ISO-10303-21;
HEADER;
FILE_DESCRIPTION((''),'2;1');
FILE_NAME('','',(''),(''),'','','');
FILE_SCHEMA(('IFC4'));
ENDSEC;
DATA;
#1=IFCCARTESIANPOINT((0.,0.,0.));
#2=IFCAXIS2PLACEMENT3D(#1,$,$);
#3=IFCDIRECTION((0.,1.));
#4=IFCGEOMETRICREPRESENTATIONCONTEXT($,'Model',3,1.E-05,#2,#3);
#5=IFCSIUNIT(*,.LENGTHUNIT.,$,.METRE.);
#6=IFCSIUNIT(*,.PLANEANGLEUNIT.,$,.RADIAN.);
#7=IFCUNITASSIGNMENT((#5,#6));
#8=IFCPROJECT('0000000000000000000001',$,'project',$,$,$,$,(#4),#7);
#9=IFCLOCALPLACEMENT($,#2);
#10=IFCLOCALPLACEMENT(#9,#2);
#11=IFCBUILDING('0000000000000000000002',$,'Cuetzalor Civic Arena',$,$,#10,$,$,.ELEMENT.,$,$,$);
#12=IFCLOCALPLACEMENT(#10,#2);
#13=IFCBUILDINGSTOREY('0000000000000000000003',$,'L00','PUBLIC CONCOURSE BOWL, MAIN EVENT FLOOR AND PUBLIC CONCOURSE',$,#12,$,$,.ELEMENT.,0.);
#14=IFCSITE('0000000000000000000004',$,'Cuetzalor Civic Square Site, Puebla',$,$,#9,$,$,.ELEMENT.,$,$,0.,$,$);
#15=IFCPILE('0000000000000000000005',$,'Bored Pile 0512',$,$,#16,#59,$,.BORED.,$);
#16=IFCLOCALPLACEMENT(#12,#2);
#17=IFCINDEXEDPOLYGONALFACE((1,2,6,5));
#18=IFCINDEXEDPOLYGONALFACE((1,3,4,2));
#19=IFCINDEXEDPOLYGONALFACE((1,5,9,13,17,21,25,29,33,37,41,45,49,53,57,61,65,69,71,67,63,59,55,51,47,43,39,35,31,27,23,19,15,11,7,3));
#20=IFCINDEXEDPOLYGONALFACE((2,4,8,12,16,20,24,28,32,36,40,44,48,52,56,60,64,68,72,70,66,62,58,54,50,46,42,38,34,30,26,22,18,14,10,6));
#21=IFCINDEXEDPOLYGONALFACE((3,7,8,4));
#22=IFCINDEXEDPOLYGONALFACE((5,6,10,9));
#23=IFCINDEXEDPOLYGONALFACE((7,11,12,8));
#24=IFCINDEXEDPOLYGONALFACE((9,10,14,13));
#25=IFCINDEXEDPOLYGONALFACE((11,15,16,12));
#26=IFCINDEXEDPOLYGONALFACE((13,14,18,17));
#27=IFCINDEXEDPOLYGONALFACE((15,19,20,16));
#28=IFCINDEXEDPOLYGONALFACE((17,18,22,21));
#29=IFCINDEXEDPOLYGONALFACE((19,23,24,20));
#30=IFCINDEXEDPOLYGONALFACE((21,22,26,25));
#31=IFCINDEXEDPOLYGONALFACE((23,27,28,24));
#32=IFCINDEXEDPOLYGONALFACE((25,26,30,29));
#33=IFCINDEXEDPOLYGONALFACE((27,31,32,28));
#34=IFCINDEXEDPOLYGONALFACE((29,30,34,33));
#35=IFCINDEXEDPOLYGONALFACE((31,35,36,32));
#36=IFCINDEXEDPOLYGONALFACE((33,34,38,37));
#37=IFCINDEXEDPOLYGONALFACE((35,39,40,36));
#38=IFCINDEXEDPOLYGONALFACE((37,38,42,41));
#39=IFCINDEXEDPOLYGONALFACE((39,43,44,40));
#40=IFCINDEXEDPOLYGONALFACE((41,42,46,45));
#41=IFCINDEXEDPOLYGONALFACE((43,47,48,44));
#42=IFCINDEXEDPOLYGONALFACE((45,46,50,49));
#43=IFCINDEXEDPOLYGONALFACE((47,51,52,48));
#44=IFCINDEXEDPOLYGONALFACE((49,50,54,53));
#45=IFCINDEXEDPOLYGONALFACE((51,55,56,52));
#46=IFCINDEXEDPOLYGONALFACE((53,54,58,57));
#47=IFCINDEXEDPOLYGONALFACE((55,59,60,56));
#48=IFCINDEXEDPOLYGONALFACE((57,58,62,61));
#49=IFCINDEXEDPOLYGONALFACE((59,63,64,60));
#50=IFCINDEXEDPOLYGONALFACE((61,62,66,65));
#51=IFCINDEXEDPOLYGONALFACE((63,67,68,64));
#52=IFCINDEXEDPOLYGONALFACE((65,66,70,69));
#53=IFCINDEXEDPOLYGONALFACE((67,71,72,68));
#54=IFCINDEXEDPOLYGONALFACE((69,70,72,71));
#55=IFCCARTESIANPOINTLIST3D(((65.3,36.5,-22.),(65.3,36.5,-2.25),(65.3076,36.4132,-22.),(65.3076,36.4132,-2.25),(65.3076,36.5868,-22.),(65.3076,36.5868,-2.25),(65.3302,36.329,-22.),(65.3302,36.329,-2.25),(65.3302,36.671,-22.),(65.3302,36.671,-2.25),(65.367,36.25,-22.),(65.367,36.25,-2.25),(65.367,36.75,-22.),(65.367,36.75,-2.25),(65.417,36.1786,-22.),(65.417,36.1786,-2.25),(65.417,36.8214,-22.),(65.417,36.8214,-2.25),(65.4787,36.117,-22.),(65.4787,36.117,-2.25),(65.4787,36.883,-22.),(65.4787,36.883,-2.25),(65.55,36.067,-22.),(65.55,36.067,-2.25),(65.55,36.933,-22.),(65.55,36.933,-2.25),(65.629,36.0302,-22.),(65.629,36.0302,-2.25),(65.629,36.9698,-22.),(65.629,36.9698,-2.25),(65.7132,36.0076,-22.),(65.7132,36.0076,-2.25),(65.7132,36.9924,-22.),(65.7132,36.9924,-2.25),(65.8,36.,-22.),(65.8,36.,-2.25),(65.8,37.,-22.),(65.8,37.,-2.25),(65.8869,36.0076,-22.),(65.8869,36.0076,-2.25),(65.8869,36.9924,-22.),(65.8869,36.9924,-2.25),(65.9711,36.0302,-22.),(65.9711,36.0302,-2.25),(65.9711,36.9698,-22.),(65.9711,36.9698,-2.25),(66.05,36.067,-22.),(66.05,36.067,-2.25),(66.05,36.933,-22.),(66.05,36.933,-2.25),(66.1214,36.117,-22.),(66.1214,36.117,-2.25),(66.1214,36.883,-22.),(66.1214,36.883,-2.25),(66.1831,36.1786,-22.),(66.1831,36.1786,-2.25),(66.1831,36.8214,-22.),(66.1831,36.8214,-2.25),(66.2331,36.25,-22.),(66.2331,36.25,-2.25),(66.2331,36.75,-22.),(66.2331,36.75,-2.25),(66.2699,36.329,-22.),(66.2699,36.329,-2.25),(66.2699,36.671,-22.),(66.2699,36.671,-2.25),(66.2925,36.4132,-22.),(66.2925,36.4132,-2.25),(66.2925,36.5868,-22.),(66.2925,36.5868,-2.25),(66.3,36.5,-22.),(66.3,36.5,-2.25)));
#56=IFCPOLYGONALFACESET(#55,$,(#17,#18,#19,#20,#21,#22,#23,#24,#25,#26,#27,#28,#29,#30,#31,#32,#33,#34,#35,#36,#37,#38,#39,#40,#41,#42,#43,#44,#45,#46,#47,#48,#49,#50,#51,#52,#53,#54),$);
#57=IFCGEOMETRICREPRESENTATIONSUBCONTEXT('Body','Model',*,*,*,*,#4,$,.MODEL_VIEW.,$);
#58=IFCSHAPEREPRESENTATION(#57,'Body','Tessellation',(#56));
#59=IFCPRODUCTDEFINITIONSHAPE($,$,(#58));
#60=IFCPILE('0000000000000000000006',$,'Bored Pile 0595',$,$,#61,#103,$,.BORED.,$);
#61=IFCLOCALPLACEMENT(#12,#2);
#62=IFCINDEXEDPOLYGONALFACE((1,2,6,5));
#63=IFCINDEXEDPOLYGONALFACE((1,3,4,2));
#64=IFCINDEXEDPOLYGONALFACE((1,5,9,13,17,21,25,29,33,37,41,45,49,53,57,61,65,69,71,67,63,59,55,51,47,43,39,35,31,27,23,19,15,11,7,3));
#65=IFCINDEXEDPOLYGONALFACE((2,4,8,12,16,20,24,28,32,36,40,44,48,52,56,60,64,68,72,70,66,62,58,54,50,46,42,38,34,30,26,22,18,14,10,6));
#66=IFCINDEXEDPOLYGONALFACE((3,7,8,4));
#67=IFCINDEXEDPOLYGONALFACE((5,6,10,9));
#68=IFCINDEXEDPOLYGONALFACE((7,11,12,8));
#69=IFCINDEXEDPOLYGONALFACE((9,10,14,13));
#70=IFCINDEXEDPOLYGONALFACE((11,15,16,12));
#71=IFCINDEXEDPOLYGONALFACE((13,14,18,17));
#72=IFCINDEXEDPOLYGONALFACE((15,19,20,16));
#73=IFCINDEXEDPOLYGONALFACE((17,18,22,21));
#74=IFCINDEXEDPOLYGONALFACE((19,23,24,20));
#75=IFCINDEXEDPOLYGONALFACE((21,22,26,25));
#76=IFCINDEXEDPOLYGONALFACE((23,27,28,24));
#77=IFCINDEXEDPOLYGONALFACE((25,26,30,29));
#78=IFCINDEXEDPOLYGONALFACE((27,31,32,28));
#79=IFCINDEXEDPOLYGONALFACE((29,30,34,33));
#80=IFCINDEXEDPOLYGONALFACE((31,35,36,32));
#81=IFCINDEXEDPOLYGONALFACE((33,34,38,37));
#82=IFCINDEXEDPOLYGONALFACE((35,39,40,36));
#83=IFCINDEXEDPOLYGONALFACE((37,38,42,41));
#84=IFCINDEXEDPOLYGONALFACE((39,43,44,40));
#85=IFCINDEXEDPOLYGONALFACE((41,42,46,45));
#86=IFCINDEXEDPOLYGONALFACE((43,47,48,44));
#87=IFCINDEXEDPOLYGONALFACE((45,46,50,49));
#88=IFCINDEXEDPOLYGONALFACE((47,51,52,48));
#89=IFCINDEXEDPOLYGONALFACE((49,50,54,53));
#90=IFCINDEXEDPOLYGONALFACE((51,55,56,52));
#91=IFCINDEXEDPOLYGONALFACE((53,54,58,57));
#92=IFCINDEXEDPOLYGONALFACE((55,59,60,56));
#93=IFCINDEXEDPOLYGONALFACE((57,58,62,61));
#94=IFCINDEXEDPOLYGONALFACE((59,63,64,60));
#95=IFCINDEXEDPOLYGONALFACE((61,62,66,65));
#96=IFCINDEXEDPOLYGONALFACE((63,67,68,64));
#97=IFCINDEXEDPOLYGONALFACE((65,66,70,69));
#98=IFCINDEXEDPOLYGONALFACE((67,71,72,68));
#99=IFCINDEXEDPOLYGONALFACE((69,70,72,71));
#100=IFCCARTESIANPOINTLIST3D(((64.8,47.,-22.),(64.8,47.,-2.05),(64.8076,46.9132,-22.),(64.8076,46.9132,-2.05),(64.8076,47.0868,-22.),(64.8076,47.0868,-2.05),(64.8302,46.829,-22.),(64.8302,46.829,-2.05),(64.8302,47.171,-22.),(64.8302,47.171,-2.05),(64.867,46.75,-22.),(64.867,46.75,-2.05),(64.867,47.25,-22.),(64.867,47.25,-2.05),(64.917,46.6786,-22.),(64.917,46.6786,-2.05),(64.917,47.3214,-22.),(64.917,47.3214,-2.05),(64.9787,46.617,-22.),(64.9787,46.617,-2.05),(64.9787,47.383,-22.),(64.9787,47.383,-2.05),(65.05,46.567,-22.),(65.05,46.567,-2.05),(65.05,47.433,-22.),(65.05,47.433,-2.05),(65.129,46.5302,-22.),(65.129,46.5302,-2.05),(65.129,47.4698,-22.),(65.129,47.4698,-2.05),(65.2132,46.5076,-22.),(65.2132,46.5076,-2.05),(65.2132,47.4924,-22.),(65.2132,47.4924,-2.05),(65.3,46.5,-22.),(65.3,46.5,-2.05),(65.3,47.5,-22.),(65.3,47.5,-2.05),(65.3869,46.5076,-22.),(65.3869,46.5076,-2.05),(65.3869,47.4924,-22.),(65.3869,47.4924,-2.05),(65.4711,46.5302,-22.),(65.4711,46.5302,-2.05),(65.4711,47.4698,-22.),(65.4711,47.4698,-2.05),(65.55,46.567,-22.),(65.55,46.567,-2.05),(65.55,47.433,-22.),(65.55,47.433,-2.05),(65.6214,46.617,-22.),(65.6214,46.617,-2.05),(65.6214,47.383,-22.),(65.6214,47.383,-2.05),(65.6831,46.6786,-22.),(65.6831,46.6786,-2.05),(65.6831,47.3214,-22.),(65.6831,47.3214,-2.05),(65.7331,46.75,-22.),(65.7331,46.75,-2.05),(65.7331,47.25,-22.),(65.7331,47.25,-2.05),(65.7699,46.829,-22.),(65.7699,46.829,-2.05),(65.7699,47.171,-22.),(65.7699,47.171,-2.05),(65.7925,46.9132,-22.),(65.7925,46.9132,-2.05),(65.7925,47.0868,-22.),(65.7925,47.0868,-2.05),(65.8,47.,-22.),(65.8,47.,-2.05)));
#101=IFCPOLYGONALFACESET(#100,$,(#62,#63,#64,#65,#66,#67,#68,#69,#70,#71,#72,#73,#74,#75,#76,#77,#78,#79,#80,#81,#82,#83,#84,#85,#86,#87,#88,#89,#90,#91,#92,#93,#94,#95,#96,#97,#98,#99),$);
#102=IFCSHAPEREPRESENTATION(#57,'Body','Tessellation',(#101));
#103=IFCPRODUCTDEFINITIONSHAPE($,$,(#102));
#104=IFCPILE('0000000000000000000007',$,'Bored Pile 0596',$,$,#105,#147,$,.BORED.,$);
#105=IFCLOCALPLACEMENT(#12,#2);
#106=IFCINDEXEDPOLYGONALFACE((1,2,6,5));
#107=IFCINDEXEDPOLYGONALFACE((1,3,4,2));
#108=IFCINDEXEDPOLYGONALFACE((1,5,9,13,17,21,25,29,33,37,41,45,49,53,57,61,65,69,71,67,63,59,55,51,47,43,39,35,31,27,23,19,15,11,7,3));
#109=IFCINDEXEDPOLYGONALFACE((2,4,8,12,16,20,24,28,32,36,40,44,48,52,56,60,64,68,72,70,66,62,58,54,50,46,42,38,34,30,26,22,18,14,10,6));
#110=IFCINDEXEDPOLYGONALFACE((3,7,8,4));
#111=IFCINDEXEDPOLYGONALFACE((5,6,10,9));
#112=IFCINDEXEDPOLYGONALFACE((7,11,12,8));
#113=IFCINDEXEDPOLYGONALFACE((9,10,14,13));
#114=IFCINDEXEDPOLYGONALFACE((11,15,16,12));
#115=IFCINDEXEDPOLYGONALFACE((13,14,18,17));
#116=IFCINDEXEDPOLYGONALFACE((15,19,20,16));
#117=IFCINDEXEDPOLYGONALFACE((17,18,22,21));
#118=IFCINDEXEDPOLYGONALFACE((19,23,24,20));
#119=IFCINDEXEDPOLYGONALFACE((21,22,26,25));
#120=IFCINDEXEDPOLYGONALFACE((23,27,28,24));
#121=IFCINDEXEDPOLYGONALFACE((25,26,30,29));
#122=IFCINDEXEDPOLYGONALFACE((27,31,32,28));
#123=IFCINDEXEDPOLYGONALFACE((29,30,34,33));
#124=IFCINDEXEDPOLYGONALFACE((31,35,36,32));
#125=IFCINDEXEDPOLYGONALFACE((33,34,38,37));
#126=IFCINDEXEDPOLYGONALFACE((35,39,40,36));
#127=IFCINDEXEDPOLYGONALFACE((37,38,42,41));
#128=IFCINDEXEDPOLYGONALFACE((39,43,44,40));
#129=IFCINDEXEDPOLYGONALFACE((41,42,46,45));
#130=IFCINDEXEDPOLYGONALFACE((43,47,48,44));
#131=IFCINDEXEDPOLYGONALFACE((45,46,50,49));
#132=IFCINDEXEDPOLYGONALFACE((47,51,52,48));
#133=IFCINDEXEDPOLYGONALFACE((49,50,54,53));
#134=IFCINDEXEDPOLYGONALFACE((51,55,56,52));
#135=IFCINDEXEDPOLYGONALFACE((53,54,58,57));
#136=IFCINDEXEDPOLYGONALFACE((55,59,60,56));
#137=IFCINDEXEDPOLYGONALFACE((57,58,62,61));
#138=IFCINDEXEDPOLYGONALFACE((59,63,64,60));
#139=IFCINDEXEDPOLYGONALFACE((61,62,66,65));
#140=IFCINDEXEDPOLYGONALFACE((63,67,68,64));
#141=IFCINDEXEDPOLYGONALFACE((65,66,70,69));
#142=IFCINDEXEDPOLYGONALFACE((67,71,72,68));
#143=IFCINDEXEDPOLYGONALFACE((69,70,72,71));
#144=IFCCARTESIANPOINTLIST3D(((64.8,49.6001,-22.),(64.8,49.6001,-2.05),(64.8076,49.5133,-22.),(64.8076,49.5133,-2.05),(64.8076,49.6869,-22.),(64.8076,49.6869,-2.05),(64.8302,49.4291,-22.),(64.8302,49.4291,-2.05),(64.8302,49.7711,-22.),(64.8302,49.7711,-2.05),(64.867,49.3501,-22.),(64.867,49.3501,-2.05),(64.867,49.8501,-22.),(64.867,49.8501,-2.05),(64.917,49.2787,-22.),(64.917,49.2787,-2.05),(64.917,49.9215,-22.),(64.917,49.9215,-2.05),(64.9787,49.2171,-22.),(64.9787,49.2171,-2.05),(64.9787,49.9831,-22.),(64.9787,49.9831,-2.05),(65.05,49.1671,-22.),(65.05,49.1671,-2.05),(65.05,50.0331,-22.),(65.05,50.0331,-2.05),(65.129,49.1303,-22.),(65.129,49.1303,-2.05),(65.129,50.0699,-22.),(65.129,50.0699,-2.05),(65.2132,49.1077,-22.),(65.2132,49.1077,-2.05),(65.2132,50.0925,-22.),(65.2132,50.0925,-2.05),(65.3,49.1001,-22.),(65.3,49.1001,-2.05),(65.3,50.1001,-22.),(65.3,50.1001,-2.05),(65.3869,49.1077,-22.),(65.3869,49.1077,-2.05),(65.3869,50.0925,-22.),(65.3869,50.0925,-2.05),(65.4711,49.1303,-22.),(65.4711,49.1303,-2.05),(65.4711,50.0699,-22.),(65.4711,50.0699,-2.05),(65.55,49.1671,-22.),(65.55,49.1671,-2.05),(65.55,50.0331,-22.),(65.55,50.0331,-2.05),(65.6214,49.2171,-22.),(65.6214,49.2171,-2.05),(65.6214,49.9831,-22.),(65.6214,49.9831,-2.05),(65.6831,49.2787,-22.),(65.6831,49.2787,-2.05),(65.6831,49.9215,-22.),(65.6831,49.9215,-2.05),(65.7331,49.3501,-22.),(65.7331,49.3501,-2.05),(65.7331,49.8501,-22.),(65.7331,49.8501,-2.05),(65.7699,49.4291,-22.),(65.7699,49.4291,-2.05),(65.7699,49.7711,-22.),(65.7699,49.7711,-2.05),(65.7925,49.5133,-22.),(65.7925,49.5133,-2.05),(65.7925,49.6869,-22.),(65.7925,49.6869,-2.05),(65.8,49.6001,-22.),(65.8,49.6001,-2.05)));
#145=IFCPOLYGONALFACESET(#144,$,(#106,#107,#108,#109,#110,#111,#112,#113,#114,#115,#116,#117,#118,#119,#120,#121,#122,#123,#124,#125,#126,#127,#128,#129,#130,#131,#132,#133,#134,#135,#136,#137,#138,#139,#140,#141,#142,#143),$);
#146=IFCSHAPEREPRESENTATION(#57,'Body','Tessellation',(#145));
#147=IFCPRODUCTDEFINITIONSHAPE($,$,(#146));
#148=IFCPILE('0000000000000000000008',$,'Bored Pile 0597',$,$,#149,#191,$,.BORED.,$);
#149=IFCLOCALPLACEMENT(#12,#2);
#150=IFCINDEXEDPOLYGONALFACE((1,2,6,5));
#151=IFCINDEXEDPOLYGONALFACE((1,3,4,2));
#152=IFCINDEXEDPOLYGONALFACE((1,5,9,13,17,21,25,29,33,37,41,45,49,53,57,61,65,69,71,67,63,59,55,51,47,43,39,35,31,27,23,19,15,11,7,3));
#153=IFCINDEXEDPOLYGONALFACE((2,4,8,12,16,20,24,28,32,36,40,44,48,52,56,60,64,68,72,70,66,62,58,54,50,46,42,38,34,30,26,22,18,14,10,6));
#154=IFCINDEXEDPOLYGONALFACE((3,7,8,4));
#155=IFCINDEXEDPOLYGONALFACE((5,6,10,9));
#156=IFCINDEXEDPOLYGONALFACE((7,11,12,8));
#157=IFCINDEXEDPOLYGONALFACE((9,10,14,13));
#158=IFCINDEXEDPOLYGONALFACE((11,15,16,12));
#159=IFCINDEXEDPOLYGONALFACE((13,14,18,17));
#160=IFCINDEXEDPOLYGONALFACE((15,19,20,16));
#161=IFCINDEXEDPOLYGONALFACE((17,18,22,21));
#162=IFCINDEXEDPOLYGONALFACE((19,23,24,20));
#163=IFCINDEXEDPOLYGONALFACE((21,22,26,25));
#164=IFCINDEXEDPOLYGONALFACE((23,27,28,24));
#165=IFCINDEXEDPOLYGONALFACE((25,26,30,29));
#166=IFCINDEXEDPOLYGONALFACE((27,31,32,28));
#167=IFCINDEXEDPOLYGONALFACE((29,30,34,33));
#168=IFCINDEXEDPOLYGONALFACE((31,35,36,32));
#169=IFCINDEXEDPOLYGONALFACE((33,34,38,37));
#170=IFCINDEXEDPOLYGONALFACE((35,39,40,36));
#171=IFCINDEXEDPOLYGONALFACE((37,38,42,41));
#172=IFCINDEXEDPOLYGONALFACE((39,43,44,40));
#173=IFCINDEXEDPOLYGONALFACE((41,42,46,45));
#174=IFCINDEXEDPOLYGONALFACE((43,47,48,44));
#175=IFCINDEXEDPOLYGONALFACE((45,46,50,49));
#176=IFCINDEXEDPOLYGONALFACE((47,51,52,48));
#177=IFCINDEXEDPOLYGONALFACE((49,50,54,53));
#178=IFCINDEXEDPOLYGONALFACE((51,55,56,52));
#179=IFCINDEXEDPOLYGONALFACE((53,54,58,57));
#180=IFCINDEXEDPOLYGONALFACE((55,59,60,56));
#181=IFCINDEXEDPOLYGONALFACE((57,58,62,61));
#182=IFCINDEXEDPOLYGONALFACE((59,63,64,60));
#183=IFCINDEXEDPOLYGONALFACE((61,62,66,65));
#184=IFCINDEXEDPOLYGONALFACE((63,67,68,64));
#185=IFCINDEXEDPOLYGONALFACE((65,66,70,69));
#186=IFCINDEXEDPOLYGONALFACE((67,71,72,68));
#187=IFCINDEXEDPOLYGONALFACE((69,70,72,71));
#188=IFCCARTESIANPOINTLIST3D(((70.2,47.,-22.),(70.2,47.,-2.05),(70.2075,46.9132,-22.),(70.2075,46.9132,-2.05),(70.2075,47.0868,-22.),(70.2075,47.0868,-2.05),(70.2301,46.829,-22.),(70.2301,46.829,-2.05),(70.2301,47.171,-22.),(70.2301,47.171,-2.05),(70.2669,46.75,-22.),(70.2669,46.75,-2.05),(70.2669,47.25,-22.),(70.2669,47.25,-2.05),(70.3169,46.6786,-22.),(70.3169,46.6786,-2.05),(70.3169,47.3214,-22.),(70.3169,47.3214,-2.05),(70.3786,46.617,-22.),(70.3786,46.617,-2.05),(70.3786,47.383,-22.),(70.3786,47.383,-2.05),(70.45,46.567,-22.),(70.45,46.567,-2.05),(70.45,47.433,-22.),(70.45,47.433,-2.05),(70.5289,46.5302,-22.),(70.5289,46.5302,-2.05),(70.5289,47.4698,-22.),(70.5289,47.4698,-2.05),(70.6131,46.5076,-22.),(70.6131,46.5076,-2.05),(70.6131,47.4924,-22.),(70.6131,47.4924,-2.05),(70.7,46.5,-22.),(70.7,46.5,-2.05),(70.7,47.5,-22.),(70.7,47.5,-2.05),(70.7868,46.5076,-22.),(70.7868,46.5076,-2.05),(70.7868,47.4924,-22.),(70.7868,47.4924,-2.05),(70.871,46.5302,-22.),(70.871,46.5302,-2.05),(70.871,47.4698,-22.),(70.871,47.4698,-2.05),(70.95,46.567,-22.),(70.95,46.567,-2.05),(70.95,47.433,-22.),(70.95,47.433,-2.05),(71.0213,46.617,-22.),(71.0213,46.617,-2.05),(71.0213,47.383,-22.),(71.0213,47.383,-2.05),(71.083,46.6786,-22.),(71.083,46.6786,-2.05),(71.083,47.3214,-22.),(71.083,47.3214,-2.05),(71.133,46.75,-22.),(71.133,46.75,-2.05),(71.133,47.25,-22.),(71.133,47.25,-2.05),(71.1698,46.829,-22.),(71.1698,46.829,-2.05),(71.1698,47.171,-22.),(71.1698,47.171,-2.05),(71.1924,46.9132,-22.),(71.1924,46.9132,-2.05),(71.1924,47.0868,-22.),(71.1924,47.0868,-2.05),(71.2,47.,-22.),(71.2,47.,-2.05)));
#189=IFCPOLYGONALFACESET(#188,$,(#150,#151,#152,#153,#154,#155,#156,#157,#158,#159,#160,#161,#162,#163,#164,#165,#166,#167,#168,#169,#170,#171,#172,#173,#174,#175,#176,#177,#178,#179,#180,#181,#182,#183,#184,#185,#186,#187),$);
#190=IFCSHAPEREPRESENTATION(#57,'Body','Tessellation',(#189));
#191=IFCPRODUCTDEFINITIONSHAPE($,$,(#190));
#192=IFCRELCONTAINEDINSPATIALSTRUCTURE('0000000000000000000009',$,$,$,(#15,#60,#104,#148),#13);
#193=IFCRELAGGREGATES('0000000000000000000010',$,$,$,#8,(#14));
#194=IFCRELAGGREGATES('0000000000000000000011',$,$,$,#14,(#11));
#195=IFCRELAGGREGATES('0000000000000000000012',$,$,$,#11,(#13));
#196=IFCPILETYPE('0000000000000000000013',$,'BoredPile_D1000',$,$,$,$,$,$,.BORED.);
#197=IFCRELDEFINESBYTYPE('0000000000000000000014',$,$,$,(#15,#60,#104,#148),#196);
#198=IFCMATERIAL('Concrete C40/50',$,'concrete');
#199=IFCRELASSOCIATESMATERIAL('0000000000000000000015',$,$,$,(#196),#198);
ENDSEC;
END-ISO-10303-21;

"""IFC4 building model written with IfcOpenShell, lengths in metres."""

from ifc_helpers import new_model, si_unit, direction, frame, origin, origin_2d, place, context, subcontext, project, spatial, circle, extrude, material, material_profile, profile_set, type_object, element, save


model = new_model("IFC4")

# Units and contexts
model_context = context("Model", 3, precision=1e-05, world=origin(), true_north=direction((0.0, 1.0)))
body_context = subcontext(model_context, "Body", "Model", "MODEL_VIEW")
ifc_project = project(units=[si_unit("LENGTHUNIT", "METRE"), si_unit("PLANEANGLEUNIT", "RADIAN")], contexts=[model_context])

# Site, building, storey
site_placement = place(None, origin())
site = spatial("IfcSite", under=ifc_project, at=site_placement, Name="Cuetzalor Civic Square Site, Puebla", CompositionType="ELEMENT", RefElevation=0.0)
building_placement = place(site_placement, origin())
building = spatial("IfcBuilding", under=site, at=building_placement, Name="Cuetzalor Civic Arena", CompositionType="ELEMENT")
storey_placement = place(building_placement, origin())
storey = spatial("IfcBuildingStorey", under=building, at=storey_placement, Name="L00", Description="PUBLIC CONCOURSE BOWL, MAIN EVENT FLOOR AND PUBLIC CONCOURSE", CompositionType="ELEMENT", Elevation=0.0)

# Piles
ifc_material_1 = material(Name="Concrete C40/50", Category="concrete")
ifc_material_profile_1 = material_profile(ifc_material_1, circle(Radius=0.5, at=origin_2d()), Name="BORED PILE D1000")
ifc_profile_set_1 = profile_set([ifc_material_profile_1], Name="Concrete C40/50")
pile_type_1 = type_object("IfcPileType", Name="BoredPile_D1000", PredefinedType="BORED", material=ifc_profile_set_1)
pile_placement = place(storey_placement, frame((65.8, 36.5, -2.25), z_axis=(0.0, 0.0, -1.0), x_axis=(1.0, 0.0, 0.0)))
element("IfcPile", 1, at=pile_placement, inside=storey, type_object=pile_type_1, Name="Bored Pile 0512", PredefinedType="BORED", context=body_context, shape_type="SweptSolid", body=[
    extrude(circle(Radius=0.5, at=origin_2d()), origin(), (0.0, 0.0, 1.0), 19.75),
])
for number, where, z_axis, x_axis, name in (
    (2, (65.3, 47.0, -2.05), (0.0, 0.0, -1.0), (1.0, 0.0, 0.0), "Bored Pile 0595"),
    (3, (65.3, 49.6001, -2.05), (0.0, 0.0, -1.0), (1.0, 0.0, 0.0), "Bored Pile 0596"),
    (4, (70.7, 47.0, -2.05), (0.0, 0.0, -1.0), (1.0, 0.0, 0.0), "Bored Pile 0597"),
):
    element("IfcPile", number, at=place(storey_placement, frame(where, z_axis=z_axis, x_axis=x_axis)), inside=storey, type_object=pile_type_1, Name=name, PredefinedType="BORED", context=body_context, shape_type="SweptSolid", body=[
        extrude(circle(Radius=0.5, at=origin_2d()), origin(), (0.0, 0.0, 1.0), 19.95),
    ])

save(model, "model.ifc")
